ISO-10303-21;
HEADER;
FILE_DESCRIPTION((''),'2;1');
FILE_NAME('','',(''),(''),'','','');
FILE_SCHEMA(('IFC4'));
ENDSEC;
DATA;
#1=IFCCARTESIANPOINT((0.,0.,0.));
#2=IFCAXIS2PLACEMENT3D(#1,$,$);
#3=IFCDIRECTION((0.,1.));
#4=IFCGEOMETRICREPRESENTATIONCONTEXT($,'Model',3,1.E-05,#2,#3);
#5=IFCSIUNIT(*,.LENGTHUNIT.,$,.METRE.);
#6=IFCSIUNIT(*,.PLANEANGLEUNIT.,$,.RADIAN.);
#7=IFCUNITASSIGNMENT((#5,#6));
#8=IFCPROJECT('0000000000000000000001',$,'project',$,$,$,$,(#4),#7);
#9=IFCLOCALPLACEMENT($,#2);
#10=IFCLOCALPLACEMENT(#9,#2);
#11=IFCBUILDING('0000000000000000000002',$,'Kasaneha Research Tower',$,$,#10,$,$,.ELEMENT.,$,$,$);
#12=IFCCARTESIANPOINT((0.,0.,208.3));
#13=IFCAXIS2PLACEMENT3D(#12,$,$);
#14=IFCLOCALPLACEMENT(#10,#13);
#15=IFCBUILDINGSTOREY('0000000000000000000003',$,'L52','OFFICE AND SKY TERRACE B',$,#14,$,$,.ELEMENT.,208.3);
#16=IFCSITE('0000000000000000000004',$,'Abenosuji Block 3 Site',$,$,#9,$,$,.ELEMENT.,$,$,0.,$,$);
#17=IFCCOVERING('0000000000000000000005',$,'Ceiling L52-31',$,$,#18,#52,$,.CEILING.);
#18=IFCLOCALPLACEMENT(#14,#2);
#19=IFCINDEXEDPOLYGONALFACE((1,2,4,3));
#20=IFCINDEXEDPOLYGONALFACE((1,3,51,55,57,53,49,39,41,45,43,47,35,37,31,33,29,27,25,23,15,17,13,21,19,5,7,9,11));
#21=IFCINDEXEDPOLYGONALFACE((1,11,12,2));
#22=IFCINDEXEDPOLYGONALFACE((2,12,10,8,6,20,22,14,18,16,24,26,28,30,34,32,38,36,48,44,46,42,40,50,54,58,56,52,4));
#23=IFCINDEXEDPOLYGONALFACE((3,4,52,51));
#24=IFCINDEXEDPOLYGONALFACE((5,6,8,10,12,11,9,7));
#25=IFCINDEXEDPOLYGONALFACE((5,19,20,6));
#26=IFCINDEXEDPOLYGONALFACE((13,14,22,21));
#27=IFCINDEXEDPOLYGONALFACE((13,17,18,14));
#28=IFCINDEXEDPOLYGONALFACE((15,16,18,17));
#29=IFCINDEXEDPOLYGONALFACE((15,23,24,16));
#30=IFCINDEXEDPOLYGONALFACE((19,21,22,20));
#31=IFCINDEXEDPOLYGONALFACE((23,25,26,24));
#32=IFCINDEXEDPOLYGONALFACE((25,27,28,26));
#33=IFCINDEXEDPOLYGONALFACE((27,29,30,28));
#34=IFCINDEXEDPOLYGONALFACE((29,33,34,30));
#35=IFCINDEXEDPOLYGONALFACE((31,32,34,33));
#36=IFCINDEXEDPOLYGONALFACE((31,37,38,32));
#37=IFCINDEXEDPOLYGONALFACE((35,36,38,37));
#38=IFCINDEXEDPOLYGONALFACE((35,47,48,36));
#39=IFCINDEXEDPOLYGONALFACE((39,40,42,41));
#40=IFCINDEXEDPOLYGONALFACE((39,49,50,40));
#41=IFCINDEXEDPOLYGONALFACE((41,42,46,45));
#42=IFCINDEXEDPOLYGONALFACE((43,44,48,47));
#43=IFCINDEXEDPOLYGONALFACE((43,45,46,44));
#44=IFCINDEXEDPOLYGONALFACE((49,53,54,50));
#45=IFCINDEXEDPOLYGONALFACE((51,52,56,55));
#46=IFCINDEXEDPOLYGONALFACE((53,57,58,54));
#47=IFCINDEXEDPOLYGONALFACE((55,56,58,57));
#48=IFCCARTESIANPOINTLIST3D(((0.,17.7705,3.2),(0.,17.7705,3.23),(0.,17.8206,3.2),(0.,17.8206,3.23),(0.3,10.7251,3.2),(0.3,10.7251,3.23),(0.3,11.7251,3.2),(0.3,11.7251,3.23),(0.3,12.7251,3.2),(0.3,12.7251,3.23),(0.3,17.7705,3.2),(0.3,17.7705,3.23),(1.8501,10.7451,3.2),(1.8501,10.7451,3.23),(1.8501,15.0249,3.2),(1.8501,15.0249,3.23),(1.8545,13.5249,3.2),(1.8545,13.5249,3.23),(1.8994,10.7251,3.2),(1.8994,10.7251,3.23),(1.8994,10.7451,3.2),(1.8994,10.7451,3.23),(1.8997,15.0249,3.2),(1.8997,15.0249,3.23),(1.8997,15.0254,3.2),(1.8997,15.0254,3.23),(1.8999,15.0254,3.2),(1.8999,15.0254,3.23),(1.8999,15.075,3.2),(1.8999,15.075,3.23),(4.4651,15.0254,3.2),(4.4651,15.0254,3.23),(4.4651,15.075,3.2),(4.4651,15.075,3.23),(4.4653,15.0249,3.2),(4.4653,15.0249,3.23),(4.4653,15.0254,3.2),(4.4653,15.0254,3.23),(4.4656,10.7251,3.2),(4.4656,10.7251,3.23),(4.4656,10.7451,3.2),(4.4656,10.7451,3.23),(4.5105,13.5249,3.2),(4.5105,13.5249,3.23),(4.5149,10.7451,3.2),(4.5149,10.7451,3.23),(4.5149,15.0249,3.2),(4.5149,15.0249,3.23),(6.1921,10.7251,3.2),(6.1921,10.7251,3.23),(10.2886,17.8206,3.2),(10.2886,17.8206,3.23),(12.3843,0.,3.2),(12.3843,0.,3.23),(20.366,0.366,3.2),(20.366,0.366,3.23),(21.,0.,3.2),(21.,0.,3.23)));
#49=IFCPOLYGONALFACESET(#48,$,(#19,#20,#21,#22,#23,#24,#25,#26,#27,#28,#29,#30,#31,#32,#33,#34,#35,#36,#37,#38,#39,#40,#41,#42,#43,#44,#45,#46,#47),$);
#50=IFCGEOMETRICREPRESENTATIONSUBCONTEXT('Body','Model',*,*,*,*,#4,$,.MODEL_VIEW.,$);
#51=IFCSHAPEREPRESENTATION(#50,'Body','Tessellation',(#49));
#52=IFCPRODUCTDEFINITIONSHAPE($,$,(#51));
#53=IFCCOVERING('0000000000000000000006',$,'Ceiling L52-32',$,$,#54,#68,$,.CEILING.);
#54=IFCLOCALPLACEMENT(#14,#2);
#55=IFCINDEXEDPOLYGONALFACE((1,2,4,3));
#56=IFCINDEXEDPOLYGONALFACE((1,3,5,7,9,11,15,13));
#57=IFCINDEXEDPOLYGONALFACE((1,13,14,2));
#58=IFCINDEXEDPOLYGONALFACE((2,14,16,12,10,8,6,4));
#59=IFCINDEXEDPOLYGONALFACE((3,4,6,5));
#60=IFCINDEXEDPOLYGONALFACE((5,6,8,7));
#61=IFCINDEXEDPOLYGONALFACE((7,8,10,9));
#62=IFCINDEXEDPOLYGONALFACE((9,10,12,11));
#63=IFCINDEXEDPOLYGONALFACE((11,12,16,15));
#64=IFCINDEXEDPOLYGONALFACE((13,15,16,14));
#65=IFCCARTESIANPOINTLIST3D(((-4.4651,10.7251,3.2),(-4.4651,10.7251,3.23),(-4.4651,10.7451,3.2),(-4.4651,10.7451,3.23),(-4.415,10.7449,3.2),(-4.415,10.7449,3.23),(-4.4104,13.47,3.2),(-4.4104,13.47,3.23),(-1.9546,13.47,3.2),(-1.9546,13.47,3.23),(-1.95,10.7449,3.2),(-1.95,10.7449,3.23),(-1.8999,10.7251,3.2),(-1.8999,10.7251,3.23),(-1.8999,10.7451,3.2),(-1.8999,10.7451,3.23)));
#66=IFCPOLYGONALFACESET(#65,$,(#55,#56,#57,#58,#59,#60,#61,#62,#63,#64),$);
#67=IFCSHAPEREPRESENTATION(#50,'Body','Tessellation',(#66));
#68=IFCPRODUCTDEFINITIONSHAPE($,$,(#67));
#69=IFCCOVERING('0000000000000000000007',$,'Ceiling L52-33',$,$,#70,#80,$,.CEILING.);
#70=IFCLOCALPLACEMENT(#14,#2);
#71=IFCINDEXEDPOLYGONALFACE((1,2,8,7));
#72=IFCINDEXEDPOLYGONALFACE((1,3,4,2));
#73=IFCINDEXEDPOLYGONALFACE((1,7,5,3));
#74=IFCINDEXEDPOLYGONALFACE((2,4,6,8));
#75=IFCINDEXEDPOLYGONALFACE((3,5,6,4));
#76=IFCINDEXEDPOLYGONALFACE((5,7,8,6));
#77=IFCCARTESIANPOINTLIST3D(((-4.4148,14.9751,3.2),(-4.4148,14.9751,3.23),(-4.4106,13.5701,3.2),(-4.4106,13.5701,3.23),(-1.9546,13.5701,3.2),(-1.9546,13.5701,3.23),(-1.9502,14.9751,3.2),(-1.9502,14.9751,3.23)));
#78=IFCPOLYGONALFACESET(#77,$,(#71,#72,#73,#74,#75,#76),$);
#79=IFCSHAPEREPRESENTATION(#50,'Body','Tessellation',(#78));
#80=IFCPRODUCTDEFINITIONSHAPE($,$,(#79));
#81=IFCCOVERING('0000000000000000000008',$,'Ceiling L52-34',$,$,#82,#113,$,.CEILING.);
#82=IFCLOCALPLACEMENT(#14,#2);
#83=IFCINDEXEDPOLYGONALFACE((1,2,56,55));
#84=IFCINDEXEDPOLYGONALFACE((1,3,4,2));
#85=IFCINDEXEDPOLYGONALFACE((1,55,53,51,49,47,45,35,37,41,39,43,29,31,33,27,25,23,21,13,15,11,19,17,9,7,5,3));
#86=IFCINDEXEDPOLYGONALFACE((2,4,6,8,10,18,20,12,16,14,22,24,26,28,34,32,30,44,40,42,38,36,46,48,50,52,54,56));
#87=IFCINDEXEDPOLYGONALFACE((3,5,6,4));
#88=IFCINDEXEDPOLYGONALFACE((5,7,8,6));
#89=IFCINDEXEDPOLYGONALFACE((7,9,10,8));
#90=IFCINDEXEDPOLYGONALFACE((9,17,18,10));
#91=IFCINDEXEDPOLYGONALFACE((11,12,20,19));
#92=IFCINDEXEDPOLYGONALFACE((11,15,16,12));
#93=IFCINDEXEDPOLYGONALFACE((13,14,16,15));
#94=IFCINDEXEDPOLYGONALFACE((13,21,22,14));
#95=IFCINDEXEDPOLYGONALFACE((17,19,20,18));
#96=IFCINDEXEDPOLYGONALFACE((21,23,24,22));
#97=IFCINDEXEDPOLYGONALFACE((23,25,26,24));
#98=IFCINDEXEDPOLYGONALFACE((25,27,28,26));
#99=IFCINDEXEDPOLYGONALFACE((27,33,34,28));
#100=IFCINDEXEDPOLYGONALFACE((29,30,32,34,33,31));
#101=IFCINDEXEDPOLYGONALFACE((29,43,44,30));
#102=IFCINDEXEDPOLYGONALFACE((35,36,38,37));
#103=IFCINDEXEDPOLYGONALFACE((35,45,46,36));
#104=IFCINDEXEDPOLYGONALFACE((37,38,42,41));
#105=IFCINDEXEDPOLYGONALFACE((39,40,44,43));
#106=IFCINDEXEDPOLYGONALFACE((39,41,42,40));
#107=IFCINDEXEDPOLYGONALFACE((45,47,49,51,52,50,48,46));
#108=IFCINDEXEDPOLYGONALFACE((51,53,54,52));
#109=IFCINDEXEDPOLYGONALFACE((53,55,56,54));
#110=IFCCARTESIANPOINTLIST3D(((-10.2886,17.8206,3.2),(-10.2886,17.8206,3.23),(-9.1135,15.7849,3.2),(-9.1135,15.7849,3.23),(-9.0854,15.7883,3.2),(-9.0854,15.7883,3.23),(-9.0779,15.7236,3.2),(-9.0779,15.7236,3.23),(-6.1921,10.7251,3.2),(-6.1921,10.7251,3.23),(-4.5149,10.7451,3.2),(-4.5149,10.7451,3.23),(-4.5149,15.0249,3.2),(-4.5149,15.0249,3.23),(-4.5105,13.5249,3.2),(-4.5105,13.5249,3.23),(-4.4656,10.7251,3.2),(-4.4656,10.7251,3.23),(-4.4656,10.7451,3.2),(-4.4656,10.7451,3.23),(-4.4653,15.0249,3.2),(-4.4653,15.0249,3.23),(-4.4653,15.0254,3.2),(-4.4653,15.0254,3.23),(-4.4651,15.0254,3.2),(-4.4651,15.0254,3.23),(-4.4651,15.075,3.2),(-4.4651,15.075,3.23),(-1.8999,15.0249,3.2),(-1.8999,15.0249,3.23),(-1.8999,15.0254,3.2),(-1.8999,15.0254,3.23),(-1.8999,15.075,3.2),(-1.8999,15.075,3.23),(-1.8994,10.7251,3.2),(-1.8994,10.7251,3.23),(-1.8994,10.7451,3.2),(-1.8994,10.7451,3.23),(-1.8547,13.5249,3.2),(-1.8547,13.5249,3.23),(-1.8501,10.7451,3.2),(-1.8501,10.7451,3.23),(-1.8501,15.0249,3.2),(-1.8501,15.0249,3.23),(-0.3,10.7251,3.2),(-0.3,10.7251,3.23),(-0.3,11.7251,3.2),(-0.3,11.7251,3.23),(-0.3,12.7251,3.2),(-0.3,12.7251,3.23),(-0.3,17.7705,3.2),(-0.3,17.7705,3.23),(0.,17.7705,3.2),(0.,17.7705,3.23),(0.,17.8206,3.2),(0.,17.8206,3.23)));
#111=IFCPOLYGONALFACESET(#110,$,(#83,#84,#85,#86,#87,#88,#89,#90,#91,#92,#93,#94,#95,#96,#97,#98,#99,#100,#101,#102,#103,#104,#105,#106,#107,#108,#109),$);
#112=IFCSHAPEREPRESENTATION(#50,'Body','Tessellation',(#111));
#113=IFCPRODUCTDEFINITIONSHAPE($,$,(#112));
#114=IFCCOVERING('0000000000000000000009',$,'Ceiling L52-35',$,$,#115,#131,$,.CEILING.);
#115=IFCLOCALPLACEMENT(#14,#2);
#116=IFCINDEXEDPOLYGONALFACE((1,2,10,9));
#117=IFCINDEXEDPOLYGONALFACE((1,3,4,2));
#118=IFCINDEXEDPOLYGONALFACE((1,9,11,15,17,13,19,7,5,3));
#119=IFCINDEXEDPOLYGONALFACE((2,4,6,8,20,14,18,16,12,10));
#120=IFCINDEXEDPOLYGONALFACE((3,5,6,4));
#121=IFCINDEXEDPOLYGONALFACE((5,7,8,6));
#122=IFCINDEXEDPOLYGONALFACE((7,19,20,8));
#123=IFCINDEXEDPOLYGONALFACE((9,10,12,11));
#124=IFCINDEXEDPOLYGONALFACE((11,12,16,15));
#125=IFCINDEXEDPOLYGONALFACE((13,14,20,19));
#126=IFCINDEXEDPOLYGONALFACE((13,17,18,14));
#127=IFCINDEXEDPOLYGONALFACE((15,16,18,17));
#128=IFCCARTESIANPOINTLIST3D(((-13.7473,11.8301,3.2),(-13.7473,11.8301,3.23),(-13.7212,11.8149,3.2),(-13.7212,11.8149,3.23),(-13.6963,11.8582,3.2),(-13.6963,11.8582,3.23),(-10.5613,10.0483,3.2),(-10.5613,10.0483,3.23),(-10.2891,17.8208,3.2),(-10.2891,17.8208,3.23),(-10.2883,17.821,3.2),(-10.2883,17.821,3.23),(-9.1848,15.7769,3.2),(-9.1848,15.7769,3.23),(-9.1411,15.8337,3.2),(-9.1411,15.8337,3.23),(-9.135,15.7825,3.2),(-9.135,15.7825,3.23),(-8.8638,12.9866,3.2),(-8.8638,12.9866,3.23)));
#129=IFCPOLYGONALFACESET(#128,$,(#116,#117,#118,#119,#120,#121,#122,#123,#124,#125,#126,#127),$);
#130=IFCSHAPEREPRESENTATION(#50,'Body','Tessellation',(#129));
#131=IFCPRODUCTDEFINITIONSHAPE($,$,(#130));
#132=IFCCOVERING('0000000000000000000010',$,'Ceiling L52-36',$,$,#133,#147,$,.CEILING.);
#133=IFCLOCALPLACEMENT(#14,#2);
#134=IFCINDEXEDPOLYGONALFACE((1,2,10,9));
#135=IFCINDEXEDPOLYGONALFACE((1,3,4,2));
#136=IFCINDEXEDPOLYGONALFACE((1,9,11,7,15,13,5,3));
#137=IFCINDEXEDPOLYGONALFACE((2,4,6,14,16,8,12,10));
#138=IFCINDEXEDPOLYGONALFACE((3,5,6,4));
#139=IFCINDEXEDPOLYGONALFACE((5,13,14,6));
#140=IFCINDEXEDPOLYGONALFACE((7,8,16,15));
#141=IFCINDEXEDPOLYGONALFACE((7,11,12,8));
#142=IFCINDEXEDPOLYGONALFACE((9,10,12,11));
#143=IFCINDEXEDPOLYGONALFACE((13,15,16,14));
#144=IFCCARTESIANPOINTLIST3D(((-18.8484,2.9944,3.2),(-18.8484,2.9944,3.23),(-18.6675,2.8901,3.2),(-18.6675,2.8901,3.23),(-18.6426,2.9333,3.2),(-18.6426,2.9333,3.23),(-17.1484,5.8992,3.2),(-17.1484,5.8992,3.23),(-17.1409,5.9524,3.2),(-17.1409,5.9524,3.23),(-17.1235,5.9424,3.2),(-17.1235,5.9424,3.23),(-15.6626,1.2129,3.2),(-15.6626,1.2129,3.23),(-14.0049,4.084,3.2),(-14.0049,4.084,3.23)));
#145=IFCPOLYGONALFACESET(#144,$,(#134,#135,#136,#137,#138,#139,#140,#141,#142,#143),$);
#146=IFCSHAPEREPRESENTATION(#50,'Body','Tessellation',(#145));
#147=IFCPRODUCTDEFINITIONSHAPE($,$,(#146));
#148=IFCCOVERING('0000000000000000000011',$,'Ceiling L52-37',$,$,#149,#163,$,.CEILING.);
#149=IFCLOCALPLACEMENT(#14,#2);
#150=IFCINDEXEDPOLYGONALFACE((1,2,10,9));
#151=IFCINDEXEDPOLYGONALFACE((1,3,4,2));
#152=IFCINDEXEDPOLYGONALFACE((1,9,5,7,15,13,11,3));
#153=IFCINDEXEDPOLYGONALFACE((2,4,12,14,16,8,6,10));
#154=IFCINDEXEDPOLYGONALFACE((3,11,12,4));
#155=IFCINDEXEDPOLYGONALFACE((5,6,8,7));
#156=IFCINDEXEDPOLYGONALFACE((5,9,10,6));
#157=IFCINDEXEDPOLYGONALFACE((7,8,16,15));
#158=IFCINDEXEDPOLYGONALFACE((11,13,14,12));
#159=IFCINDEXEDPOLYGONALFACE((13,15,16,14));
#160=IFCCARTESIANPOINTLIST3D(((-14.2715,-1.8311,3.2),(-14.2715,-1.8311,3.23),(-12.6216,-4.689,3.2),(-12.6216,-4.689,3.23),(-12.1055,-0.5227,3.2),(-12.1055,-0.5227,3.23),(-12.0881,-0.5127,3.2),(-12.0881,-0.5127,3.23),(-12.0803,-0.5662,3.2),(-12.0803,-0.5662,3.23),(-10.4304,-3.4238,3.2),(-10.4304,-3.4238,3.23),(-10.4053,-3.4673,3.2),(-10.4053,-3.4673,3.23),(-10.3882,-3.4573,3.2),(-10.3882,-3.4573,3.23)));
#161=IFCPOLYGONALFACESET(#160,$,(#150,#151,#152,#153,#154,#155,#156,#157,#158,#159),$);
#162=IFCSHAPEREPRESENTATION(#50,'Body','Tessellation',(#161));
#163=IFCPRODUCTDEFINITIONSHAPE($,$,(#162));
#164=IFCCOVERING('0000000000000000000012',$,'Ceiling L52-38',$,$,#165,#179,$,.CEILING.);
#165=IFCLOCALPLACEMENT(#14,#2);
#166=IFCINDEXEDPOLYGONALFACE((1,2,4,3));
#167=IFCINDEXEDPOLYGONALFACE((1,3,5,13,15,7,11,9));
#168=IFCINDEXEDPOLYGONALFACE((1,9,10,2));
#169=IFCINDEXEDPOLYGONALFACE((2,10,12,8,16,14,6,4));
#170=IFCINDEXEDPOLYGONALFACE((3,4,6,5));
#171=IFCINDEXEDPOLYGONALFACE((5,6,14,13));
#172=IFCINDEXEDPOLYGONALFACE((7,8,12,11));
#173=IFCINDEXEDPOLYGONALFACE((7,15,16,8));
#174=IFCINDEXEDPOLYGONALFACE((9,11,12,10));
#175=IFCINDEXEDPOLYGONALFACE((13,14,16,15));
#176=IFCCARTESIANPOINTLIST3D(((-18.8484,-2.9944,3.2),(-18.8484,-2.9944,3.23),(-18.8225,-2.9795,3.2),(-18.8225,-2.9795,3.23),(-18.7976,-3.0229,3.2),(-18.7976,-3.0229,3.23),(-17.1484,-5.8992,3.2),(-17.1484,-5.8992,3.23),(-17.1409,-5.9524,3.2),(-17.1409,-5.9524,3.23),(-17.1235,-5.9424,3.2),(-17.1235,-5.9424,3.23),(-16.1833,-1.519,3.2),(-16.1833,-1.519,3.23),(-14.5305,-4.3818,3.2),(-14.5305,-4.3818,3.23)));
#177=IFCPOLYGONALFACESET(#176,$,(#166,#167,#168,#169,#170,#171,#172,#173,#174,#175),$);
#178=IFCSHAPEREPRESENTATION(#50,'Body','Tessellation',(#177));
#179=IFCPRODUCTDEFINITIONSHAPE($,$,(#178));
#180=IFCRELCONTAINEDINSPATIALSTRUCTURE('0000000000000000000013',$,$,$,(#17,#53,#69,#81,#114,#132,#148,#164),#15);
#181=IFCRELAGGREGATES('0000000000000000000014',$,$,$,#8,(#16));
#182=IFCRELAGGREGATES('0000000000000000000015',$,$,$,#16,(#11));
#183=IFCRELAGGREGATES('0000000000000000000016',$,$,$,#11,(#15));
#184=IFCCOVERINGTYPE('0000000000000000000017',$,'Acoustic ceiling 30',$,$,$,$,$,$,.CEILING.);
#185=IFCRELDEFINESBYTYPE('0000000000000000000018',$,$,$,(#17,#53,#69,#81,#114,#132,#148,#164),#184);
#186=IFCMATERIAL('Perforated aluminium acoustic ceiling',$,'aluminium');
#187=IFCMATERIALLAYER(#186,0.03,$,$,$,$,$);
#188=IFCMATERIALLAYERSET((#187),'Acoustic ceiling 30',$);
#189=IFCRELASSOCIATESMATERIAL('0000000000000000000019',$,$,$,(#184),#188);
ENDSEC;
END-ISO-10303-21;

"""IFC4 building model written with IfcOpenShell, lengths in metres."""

from ifc_helpers import new_model, si_unit, direction, frame, origin, place, context, subcontext, project, spatial, polyline, outline, extrude, material, layer, layer_set, type_object, element, save


model = new_model("IFC4")

# Units and contexts
model_context = context("Model", 3, precision=1e-05, world=origin(), true_north=direction((0.0, 1.0)))
body_context = subcontext(model_context, "Body", "Model", "MODEL_VIEW")
ifc_project = project(units=[si_unit("LENGTHUNIT", "METRE"), si_unit("PLANEANGLEUNIT", "RADIAN")], contexts=[model_context])

# Site, building, storey
site_placement = place(None, origin())
site = spatial("IfcSite", under=ifc_project, at=site_placement, Name="Abenosuji Block 3 Site", CompositionType="ELEMENT", RefElevation=0.0)
building_placement = place(site_placement, origin())
building = spatial("IfcBuilding", under=site, at=building_placement, Name="Kasaneha Research Tower", CompositionType="ELEMENT")
storey_placement = place(building_placement, frame((0.0, 0.0, 208.3)))
storey = spatial("IfcBuildingStorey", under=building, at=storey_placement, Name="L52", Description="OFFICE AND SKY TERRACE B", CompositionType="ELEMENT", Elevation=208.3)

# Coverings
ifc_material_1 = material(Name="Perforated aluminium acoustic ceiling", Category="aluminium")
ifc_layer_1 = layer(ifc_material_1, 0.03)
ifc_layer_set_1 = layer_set([ifc_layer_1], Name="Acoustic ceiling 30")
covering_type_1 = type_object("IfcCoveringType", Name="Acoustic ceiling 30", PredefinedType="CEILING", material=ifc_layer_set_1)
covering_1_placement = place(storey_placement, frame((0.0, 0.0, 3.2)))
element("IfcCovering", 1, at=covering_1_placement, inside=storey, type_object=covering_type_1, Name="Ceiling L52-31", PredefinedType="CEILING", context=body_context, shape_type="SweptSolid", body=[
    extrude(outline(polyline([(6.1921, 10.7251), (4.4656, 10.7251), (4.4656, 10.7451), (4.5149, 10.7451), (4.5105, 13.5249), (4.5149, 15.0249), (4.4653, 15.0249), (4.4653, 15.0254), (4.4651, 15.0254), (4.4651, 15.075), (1.8999, 15.075), (1.8999, 15.0254), (1.8997, 15.0254), (1.8997, 15.0249), (1.8501, 15.0249), (1.8545, 13.5249), (1.8501, 10.7451), (1.8994, 10.7451), (1.8994, 10.7251), (0.3, 10.7251), (0.3, 11.7251), (0.3, 12.7251), (0.3, 17.7705), (0.3, 17.7705), (0.0, 17.7705), (0.0, 17.8206), (10.2886, 17.8206), (20.366, 0.366), (21.0, 0.0), (12.3843, 0.0), (6.1921, 10.7251)])), origin(), (0.0, 0.0, 1.0), 0.03),
])
covering_2_placement = place(storey_placement, frame((0.0, 0.0, 3.2)))
element("IfcCovering", 2, at=covering_2_placement, inside=storey, type_object=covering_type_1, Name="Ceiling L52-32", PredefinedType="CEILING", context=body_context, shape_type="SweptSolid", body=[
    extrude(outline(polyline([(-4.4651, 10.7251), (-4.4651, 10.7451), (-4.415, 10.7449), (-4.4104, 13.47), (-1.9546, 13.47), (-1.95, 10.7449), (-1.8999, 10.7451), (-1.8999, 10.7251), (-4.4651, 10.7251)])), origin(), (0.0, 0.0, 1.0), 0.03),
])
covering_3_placement = place(storey_placement, frame((0.0, 0.0, 3.2)))
element("IfcCovering", 3, at=covering_3_placement, inside=storey, type_object=covering_type_1, Name="Ceiling L52-33", PredefinedType="CEILING", context=body_context, shape_type="SweptSolid", body=[
    extrude(outline(polyline([(-1.9502, 14.9751), (-1.9546, 13.5701), (-4.4106, 13.5701), (-4.4148, 14.9751), (-1.9502, 14.9751)])), origin(), (0.0, 0.0, 1.0), 0.03),
])
covering_4_placement = place(storey_placement, frame((0.0, 0.0, 3.2)))
element("IfcCovering", 4, at=covering_4_placement, inside=storey, type_object=covering_type_1, Name="Ceiling L52-34", PredefinedType="CEILING", context=body_context, shape_type="SweptSolid", body=[
    extrude(outline(polyline([(-0.3, 11.7251), (-0.3, 10.7251), (-1.8994, 10.7251), (-1.8994, 10.7451), (-1.8501, 10.7451), (-1.8547, 13.5249), (-1.8501, 15.0249), (-1.8999, 15.0249), (-1.8999, 15.0254), (-1.8999, 15.075), (-4.4651, 15.075), (-4.4651, 15.0254), (-4.4653, 15.0254), (-4.4653, 15.0249), (-4.5149, 15.0249), (-4.5105, 13.5249), (-4.5149, 10.7451), (-4.4656, 10.7451), (-4.4656, 10.7251), (-6.1921, 10.7251), (-9.0779, 15.7236), (-9.0854, 15.7883), (-9.1135, 15.7849), (-10.2886, 17.8206), (0.0, 17.8206), (0.0, 17.7705), (-0.3, 17.7705), (-0.3, 17.7705), (-0.3, 12.7251), (-0.3, 11.7251)])), origin(), (0.0, 0.0, 1.0), 0.03),
])
covering_5_placement = place(storey_placement, frame((0.0, 0.0, 3.2)))
element("IfcCovering", 5, at=covering_5_placement, inside=storey, type_object=covering_type_1, Name="Ceiling L52-35", PredefinedType="CEILING", context=body_context, shape_type="SweptSolid", body=[
    extrude(outline(polyline([(-10.2883, 17.821), (-9.1411, 15.8337), (-9.135, 15.7825), (-9.1848, 15.7769), (-8.8638, 12.9866), (-10.5613, 10.0483), (-13.6963, 11.8582), (-13.7212, 11.8149), (-13.7473, 11.8301), (-10.2891, 17.8208), (-10.2883, 17.821)])), origin(), (0.0, 0.0, 1.0), 0.03),
])
covering_6_placement = place(storey_placement, frame((0.0, 0.0, 3.2)))
element("IfcCovering", 6, at=covering_6_placement, inside=storey, type_object=covering_type_1, Name="Ceiling L52-36", PredefinedType="CEILING", context=body_context, shape_type="SweptSolid", body=[
    extrude(outline(polyline([(-17.1409, 5.9524), (-17.1235, 5.9424), (-17.1484, 5.8992), (-14.0049, 4.084), (-15.6626, 1.2129), (-18.6426, 2.9333), (-18.6675, 2.8901), (-18.8484, 2.9944), (-17.1409, 5.9524)])), origin(), (0.0, 0.0, 1.0), 0.03),
])
covering_7_placement = place(storey_placement, frame((0.0, 0.0, 3.2)))
element("IfcCovering", 7, at=covering_7_placement, inside=storey, type_object=covering_type_1, Name="Ceiling L52-37", PredefinedType="CEILING", context=body_context, shape_type="SweptSolid", body=[
    extrude(outline(polyline([(-10.3882, -3.4573), (-10.4053, -3.4673), (-10.4304, -3.4238), (-12.6216, -4.689), (-14.2715, -1.8311), (-12.0803, -0.5662), (-12.1055, -0.5227), (-12.0881, -0.5127), (-10.3882, -3.4573)])), origin(), (0.0, 0.0, 1.0), 0.03),
])
covering_8_placement = place(storey_placement, frame((0.0, 0.0, 3.2)))
element("IfcCovering", 8, at=covering_8_placement, inside=storey, type_object=covering_type_1, Name="Ceiling L52-38", PredefinedType="CEILING", context=body_context, shape_type="SweptSolid", body=[
    extrude(outline(polyline([(-18.8484, -2.9944), (-18.8225, -2.9795), (-18.7976, -3.0229), (-16.1833, -1.519), (-14.5305, -4.3818), (-17.1484, -5.8992), (-17.1235, -5.9424), (-17.1409, -5.9524), (-18.8484, -2.9944)])), origin(), (0.0, 0.0, 1.0), 0.03),
])

save(model, "model.ifc")
